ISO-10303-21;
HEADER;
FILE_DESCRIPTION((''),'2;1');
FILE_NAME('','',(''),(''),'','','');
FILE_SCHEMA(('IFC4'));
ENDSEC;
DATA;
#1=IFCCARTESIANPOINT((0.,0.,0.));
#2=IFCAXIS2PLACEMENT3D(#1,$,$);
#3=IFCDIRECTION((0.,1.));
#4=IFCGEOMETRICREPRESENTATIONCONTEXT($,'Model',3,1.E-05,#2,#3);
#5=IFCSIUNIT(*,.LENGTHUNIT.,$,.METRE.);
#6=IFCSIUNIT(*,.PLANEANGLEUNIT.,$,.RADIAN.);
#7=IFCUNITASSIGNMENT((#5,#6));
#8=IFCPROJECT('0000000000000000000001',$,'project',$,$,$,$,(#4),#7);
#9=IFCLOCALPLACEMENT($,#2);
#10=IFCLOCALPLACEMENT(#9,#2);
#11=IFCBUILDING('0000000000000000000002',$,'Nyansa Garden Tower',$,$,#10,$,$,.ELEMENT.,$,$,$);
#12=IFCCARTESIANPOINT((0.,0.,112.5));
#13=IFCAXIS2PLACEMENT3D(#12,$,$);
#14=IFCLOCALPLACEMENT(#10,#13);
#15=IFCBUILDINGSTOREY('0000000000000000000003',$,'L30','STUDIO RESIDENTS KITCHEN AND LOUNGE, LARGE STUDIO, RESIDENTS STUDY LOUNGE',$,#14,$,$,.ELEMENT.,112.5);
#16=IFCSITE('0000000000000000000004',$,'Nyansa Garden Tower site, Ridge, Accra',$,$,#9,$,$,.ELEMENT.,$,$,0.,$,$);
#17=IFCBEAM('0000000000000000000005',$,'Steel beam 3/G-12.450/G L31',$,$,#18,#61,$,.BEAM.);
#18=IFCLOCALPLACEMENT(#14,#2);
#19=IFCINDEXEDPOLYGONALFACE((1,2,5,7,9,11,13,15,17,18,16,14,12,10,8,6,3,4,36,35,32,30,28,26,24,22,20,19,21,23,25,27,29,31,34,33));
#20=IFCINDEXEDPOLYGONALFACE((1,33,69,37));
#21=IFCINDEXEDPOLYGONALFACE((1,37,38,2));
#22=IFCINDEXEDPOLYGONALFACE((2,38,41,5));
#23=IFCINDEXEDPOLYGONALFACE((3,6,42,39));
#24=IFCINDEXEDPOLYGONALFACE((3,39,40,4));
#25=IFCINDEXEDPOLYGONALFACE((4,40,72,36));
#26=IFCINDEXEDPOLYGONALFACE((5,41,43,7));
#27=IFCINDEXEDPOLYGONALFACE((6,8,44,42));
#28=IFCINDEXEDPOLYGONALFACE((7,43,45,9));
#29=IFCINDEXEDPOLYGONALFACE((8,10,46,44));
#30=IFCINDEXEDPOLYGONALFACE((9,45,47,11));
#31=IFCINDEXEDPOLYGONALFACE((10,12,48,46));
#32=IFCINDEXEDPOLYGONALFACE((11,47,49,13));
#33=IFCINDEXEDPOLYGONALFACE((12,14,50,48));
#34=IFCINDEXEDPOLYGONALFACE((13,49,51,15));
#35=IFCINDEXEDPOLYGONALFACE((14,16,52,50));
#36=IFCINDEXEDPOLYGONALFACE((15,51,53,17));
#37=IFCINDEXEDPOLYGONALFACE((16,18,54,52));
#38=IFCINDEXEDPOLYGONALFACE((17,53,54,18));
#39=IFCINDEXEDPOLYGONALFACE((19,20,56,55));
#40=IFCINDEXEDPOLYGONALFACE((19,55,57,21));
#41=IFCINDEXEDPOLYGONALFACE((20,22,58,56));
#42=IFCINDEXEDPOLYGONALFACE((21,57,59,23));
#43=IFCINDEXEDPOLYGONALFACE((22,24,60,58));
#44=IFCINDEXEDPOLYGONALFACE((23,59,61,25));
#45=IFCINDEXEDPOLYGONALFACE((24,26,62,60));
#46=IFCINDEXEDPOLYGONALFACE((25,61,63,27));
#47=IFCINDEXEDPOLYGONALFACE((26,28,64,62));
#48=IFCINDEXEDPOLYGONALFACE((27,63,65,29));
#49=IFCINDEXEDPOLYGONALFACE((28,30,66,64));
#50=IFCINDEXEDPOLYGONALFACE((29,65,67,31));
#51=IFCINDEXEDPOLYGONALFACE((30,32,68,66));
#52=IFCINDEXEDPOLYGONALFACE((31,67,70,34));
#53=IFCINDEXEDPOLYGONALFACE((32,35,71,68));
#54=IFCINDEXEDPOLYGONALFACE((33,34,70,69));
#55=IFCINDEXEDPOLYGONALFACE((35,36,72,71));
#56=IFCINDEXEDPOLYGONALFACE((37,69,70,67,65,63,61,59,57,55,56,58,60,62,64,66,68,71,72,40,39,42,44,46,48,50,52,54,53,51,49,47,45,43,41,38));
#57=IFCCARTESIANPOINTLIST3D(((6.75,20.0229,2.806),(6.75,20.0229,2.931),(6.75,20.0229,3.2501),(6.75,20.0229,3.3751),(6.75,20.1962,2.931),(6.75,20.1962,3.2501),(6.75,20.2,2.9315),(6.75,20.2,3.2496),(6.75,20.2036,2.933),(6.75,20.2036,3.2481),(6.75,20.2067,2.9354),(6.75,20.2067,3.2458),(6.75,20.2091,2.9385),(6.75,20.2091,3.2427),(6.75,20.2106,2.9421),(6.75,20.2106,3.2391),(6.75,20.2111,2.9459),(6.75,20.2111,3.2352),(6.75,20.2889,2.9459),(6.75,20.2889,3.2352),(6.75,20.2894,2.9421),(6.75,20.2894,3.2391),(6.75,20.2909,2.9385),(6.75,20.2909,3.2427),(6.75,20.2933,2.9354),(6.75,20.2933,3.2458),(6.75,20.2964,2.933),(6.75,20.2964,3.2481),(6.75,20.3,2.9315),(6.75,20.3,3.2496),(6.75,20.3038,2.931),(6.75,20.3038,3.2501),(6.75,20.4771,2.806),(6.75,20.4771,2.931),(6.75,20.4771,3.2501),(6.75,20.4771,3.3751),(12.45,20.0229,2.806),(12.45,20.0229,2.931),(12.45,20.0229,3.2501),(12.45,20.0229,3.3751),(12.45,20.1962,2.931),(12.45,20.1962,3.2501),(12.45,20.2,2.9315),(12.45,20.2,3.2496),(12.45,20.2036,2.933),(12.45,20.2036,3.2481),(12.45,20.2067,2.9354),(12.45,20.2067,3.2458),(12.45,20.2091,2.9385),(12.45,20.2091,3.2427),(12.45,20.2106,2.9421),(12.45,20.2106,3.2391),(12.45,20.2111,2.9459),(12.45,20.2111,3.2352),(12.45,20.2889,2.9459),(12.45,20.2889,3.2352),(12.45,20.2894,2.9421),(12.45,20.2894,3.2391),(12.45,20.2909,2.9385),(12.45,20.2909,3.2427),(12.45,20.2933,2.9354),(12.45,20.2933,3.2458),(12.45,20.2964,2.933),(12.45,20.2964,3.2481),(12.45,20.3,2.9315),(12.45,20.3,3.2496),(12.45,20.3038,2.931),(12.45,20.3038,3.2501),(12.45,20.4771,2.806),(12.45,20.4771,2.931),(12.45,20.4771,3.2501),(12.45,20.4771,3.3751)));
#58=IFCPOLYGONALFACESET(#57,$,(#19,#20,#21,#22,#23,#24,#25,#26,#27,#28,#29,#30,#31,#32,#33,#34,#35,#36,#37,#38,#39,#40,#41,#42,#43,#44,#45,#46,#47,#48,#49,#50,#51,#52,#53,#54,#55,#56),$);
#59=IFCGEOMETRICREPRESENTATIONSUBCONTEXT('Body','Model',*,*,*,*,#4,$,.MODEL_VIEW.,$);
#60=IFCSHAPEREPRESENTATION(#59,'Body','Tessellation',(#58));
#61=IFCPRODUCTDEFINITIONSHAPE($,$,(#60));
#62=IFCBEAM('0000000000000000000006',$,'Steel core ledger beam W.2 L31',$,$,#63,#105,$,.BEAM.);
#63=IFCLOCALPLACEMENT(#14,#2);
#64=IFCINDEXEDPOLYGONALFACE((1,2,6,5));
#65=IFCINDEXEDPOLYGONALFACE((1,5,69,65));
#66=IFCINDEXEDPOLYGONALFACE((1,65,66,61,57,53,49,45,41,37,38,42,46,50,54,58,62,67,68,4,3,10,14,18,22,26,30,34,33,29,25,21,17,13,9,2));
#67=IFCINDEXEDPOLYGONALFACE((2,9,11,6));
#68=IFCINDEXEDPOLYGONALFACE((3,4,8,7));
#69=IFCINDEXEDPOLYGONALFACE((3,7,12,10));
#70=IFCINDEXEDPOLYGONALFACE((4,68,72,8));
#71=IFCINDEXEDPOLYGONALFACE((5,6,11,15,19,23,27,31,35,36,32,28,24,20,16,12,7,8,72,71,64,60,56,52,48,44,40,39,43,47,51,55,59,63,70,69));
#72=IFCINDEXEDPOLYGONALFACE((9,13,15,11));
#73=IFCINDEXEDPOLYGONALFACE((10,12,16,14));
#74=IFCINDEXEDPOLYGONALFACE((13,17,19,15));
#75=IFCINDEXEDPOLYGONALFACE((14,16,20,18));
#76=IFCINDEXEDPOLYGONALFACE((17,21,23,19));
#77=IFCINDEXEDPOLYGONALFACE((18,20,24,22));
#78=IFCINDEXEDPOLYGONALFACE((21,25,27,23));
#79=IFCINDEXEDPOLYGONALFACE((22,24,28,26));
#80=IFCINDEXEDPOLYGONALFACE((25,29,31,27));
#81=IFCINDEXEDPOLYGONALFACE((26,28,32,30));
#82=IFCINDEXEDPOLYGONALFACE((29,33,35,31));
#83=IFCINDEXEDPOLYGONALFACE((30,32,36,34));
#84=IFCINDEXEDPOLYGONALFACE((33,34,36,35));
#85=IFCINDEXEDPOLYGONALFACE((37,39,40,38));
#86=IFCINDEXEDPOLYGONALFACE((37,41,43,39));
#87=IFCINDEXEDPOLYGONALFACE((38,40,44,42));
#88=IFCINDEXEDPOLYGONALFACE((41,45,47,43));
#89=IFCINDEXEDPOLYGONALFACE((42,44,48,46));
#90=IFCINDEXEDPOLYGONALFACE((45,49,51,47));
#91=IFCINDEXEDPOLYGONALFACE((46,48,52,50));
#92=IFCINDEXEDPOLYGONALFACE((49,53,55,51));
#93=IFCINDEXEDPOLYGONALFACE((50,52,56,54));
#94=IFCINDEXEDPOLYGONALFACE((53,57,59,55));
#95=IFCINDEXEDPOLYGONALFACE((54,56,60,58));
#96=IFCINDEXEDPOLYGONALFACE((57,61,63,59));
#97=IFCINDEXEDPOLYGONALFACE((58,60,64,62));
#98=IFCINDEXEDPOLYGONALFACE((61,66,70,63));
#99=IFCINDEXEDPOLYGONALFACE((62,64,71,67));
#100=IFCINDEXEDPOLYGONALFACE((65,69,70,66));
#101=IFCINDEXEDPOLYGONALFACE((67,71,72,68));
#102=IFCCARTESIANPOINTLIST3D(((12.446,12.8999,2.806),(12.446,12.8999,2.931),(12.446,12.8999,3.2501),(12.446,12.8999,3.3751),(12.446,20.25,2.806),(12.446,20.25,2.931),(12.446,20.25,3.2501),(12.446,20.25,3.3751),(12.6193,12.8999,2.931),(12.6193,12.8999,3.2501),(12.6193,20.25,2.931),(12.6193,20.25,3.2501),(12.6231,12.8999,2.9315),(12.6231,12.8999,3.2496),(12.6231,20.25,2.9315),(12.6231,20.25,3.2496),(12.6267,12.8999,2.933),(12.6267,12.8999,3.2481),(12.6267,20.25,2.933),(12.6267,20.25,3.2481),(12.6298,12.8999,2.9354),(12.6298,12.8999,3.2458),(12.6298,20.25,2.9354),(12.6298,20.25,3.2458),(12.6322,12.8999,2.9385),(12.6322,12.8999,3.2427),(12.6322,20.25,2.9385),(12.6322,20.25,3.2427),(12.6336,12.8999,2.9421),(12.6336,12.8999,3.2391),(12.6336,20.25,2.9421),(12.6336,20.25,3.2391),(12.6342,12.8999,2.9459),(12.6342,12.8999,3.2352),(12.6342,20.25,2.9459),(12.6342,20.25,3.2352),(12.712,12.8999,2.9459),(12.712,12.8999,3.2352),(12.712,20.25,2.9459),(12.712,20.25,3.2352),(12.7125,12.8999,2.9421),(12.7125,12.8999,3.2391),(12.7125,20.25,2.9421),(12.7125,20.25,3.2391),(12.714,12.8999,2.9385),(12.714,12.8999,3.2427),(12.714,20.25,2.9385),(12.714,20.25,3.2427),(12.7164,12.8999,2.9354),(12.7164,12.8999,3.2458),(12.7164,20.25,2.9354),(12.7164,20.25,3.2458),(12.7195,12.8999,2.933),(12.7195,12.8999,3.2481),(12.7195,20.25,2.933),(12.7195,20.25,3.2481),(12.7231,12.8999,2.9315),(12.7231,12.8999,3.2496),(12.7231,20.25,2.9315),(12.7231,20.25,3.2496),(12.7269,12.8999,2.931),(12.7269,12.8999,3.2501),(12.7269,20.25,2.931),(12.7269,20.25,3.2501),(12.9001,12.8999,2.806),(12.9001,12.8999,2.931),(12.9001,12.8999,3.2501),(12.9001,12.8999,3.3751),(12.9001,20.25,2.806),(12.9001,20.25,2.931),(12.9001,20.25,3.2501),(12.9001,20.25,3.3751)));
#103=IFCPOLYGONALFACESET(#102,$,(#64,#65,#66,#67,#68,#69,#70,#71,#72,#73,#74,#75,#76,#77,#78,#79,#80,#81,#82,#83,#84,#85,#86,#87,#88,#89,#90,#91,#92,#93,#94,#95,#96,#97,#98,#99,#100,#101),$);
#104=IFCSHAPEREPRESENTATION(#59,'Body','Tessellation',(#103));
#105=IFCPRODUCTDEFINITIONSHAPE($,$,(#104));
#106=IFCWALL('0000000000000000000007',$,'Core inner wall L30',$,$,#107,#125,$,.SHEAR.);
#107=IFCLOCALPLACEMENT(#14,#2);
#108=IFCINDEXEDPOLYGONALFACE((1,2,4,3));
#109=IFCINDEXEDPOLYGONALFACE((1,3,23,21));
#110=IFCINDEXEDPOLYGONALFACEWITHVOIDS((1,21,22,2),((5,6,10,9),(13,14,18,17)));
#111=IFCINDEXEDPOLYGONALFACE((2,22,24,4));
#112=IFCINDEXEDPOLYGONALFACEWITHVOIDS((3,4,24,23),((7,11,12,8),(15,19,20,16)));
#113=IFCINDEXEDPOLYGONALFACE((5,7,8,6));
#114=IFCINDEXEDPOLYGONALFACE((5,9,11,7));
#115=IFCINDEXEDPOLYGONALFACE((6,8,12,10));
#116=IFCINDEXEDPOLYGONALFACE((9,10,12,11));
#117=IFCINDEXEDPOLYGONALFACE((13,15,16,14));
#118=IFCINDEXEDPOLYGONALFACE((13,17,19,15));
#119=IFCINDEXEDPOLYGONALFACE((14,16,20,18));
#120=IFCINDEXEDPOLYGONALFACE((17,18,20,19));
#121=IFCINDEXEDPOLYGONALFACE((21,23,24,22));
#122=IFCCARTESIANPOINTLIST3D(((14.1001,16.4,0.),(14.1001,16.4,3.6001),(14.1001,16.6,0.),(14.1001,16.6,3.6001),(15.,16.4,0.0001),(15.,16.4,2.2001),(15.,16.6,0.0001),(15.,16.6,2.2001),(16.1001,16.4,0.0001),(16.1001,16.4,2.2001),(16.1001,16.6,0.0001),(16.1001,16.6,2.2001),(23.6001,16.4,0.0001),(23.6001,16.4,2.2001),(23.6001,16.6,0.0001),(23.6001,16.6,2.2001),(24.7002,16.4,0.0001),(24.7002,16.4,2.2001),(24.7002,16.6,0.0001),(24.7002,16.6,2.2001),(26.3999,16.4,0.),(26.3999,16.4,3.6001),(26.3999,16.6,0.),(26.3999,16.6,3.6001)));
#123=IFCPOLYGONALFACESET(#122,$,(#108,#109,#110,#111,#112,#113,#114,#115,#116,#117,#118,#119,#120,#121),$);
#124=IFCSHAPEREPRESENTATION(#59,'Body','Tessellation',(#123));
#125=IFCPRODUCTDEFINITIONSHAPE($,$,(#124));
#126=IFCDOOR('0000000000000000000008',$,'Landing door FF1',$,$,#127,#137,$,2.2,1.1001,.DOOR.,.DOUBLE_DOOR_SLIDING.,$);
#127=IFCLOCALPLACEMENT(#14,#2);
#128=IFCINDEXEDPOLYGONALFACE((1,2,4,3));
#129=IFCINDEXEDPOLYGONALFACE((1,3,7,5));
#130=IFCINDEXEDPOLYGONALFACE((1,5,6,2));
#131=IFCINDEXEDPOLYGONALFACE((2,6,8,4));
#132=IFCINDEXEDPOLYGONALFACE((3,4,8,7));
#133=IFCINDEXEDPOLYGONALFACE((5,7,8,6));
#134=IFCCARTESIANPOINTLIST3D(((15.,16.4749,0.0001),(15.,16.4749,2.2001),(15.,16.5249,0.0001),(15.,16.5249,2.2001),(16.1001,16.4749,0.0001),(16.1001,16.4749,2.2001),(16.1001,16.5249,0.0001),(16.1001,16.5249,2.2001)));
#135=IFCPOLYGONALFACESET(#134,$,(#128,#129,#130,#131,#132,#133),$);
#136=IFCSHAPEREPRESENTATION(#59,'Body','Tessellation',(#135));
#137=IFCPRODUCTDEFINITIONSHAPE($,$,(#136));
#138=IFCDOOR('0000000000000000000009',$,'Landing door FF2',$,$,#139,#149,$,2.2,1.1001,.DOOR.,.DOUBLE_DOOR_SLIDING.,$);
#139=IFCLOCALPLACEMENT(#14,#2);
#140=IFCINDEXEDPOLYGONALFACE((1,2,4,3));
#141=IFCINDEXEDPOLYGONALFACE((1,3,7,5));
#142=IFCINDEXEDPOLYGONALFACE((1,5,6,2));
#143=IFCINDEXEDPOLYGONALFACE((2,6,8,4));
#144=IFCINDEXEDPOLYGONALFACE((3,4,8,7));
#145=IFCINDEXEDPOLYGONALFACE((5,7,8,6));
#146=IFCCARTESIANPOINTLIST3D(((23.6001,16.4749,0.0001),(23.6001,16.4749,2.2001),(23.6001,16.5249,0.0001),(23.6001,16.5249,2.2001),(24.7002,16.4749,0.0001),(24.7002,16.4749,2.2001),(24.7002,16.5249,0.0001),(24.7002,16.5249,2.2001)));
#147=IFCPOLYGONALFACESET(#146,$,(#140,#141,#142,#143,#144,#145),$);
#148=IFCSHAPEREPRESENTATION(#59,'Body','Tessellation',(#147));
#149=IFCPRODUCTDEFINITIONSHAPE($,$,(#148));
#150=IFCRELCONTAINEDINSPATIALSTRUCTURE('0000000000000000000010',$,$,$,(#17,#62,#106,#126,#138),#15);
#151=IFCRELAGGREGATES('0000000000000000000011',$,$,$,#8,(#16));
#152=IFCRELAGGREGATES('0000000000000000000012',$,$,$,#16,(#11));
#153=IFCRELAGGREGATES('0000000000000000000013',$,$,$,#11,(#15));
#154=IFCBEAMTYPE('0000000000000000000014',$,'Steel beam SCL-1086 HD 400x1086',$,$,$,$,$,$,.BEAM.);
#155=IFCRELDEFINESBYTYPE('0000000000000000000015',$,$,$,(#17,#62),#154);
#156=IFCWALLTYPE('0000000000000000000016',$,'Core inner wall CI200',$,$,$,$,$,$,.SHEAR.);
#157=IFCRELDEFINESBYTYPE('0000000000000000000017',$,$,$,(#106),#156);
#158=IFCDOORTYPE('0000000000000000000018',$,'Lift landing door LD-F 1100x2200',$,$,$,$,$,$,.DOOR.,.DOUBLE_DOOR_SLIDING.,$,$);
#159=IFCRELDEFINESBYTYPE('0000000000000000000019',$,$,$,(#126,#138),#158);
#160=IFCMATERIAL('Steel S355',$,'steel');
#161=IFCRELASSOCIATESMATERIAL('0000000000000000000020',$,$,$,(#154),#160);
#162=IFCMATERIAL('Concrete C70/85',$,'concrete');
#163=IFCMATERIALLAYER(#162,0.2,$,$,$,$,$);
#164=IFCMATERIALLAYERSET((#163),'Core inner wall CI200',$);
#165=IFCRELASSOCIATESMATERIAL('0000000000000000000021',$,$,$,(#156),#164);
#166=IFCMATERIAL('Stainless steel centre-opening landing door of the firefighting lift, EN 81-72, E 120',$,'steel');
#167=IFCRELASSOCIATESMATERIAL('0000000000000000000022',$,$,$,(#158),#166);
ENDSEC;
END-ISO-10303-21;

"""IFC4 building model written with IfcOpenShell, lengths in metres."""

from ifc_helpers import new_model, si_unit, direction, frame, frame_2d, origin, origin_2d, place, context, subcontext, project, spatial, rectangle, i_section, extrude, material, layer, layer_set, material_profile, profile_set, type_object, element, fill, save


model = new_model("IFC4")

# Units and contexts
model_context = context("Model", 3, precision=1e-05, world=origin(), true_north=direction((0.0, 1.0)))
body_context = subcontext(model_context, "Body", "Model", "MODEL_VIEW")
ifc_project = project(units=[si_unit("LENGTHUNIT", "METRE"), si_unit("PLANEANGLEUNIT", "RADIAN")], contexts=[model_context])

# Site, building, storey
site_placement = place(None, origin())
site = spatial("IfcSite", under=ifc_project, at=site_placement, Name="Nyansa Garden Tower site, Ridge, Accra", CompositionType="ELEMENT", RefElevation=0.0)
building_placement = place(site_placement, origin())
building = spatial("IfcBuilding", under=site, at=building_placement, Name="Nyansa Garden Tower", CompositionType="ELEMENT")
storey_placement = place(building_placement, frame((0.0, 0.0, 112.5)))
storey = spatial("IfcBuildingStorey", under=building, at=storey_placement, Name="L30", Description="STUDIO RESIDENTS KITCHEN AND LOUNGE, LARGE STUDIO, RESIDENTS STUDY LOUNGE", CompositionType="ELEMENT", Elevation=112.5)

# Beams
ifc_material_1 = material(Name="Steel S355", Category="steel")
ifc_material_profile_1 = material_profile(ifc_material_1, i_section(OverallWidth=0.4541, OverallDepth=0.5691, WebThickness=0.0779, FlangeThickness=0.125, FilletRadius=0.0149, at=origin_2d()), Name="HD 400x1086")
ifc_profile_set_1 = profile_set([ifc_material_profile_1], Name="Steel S355")
beam_type_1 = type_object("IfcBeamType", Name="Steel beam SCL-1086 HD 400x1086", PredefinedType="BEAM", material=ifc_profile_set_1)
beam_1_placement = place(storey_placement, frame((6.75, 20.25, 3.0906), z_axis=(1.0, 0.0, 0.0), x_axis=(0.0, 1.0, 0.0)))
element("IfcBeam", 1, at=beam_1_placement, inside=storey, type_object=beam_type_1, Name="Steel beam 3/G-12.450/G L31", PredefinedType="BEAM", context=body_context, shape_type="SweptSolid", body=[
    extrude(i_section(OverallWidth=0.4541, OverallDepth=0.5691, WebThickness=0.0779, FlangeThickness=0.125, FilletRadius=0.0149, at=origin_2d()), origin(), (0.0, 0.0, 1.0), 5.7),
])
beam_2_placement = place(storey_placement, frame((12.6731, 20.25, 3.0906), z_axis=(0.0, -1.0, 0.0), x_axis=(1.0, 0.0, 0.0)))
element("IfcBeam", 2, at=beam_2_placement, inside=storey, type_object=beam_type_1, Name="Steel core ledger beam W.2 L31", PredefinedType="BEAM", context=body_context, shape_type="SweptSolid", body=[
    extrude(i_section(OverallWidth=0.4541, OverallDepth=0.5691, WebThickness=0.0779, FlangeThickness=0.125, FilletRadius=0.0149, at=origin_2d()), origin(), (0.0, 0.0, 1.0), 7.3501),
])

# Wall, openings, doors
ifc_material_2 = material(Name="Concrete C70/85", Category="concrete")
ifc_layer_1 = layer(ifc_material_2, 0.2)
ifc_layer_set_1 = layer_set([ifc_layer_1], Name="Core inner wall CI200")
wall_type_1 = type_object("IfcWallType", Name="Core inner wall CI200", PredefinedType="SHEAR", material=ifc_layer_set_1)
wall_1_placement = place(storey_placement, frame((14.1001, 16.5, 0.0), z_axis=(0.0, 0.0, 1.0), x_axis=(1.0, 0.0, 0.0)))
wall_1 = element("IfcWall", 3, at=wall_1_placement, inside=storey, type_object=wall_type_1, Name="Core inner wall L30", PredefinedType="SHEAR", context=body_context, shape_type="SweptSolid", body=[
    extrude(rectangle(XDim=12.2998, YDim=0.2, at=frame_2d((6.1499, 0.0))), origin(), (0.0, 0.0, 1.0), 3.6001),
])
opening_1_placement = place(wall_1_placement, frame((0.8999, 0.0, 0.0)))
opening_1 = element("IfcOpeningElement", 4, at=opening_1_placement, cuts=wall_1, PredefinedType="OPENING", context=body_context, shape_type="SweptSolid", body=[
    extrude(rectangle(XDim=1.1001, YDim=2.2, at=frame_2d((0.55, 1.1001))), frame((0.0, 0.1099, 0.0), z_axis=(0.0, -1.0, 0.0), x_axis=(1.0, 0.0, 0.0)), (0.0, 0.0, 1.0), 0.22),
])
opening_2_placement = place(wall_1_placement, frame((9.5, 0.0, 0.0)))
opening_2 = element("IfcOpeningElement", 5, at=opening_2_placement, cuts=wall_1, PredefinedType="OPENING", context=body_context, shape_type="SweptSolid", body=[
    extrude(rectangle(XDim=1.1001, YDim=2.2, at=frame_2d((0.55, 1.1001))), frame((0.0, 0.1099, 0.0), z_axis=(0.0, -1.0, 0.0), x_axis=(1.0, 0.0, 0.0)), (0.0, 0.0, 1.0), 0.22),
])
ifc_material_3 = material(Name="Stainless steel centre-opening landing door of the firefighting lift, EN 81-72, E 120", Category="steel")
door_type_1 = type_object("IfcDoorType", Name="Lift landing door LD-F 1100x2200", OperationType="DOUBLE_DOOR_SLIDING", PredefinedType="DOOR", material=ifc_material_3)
door_1_placement = place(opening_1_placement, origin())
door_1 = element("IfcDoor", 6, at=door_1_placement, inside=storey, type_object=door_type_1, Name="Landing door FF1", OperationType="DOUBLE_DOOR_SLIDING", OverallHeight=2.2, OverallWidth=1.1001, PredefinedType="DOOR", context=body_context, shape_type="SweptSolid", body=[
    extrude(rectangle(XDim=1.1001, YDim=2.2, at=frame_2d((0.55, 1.1001))), frame((0.0, 0.0249, 0.0), z_axis=(0.0, -1.0, 0.0), x_axis=(1.0, 0.0, 0.0)), (0.0, 0.0, 1.0), 0.05),
])
fill(opening_1, door_1)
door_2_placement = place(opening_2_placement, origin())
door_2 = element("IfcDoor", 7, at=door_2_placement, inside=storey, type_object=door_type_1, Name="Landing door FF2", OperationType="DOUBLE_DOOR_SLIDING", OverallHeight=2.2, OverallWidth=1.1001, PredefinedType="DOOR", context=body_context, shape_type="SweptSolid", body=[
    extrude(rectangle(XDim=1.1001, YDim=2.2, at=frame_2d((0.55, 1.1001))), frame((0.0, 0.0249, 0.0), z_axis=(0.0, -1.0, 0.0), x_axis=(1.0, 0.0, 0.0)), (0.0, 0.0, 1.0), 0.05),
])
fill(opening_2, door_2)

save(model, "model.ifc")
